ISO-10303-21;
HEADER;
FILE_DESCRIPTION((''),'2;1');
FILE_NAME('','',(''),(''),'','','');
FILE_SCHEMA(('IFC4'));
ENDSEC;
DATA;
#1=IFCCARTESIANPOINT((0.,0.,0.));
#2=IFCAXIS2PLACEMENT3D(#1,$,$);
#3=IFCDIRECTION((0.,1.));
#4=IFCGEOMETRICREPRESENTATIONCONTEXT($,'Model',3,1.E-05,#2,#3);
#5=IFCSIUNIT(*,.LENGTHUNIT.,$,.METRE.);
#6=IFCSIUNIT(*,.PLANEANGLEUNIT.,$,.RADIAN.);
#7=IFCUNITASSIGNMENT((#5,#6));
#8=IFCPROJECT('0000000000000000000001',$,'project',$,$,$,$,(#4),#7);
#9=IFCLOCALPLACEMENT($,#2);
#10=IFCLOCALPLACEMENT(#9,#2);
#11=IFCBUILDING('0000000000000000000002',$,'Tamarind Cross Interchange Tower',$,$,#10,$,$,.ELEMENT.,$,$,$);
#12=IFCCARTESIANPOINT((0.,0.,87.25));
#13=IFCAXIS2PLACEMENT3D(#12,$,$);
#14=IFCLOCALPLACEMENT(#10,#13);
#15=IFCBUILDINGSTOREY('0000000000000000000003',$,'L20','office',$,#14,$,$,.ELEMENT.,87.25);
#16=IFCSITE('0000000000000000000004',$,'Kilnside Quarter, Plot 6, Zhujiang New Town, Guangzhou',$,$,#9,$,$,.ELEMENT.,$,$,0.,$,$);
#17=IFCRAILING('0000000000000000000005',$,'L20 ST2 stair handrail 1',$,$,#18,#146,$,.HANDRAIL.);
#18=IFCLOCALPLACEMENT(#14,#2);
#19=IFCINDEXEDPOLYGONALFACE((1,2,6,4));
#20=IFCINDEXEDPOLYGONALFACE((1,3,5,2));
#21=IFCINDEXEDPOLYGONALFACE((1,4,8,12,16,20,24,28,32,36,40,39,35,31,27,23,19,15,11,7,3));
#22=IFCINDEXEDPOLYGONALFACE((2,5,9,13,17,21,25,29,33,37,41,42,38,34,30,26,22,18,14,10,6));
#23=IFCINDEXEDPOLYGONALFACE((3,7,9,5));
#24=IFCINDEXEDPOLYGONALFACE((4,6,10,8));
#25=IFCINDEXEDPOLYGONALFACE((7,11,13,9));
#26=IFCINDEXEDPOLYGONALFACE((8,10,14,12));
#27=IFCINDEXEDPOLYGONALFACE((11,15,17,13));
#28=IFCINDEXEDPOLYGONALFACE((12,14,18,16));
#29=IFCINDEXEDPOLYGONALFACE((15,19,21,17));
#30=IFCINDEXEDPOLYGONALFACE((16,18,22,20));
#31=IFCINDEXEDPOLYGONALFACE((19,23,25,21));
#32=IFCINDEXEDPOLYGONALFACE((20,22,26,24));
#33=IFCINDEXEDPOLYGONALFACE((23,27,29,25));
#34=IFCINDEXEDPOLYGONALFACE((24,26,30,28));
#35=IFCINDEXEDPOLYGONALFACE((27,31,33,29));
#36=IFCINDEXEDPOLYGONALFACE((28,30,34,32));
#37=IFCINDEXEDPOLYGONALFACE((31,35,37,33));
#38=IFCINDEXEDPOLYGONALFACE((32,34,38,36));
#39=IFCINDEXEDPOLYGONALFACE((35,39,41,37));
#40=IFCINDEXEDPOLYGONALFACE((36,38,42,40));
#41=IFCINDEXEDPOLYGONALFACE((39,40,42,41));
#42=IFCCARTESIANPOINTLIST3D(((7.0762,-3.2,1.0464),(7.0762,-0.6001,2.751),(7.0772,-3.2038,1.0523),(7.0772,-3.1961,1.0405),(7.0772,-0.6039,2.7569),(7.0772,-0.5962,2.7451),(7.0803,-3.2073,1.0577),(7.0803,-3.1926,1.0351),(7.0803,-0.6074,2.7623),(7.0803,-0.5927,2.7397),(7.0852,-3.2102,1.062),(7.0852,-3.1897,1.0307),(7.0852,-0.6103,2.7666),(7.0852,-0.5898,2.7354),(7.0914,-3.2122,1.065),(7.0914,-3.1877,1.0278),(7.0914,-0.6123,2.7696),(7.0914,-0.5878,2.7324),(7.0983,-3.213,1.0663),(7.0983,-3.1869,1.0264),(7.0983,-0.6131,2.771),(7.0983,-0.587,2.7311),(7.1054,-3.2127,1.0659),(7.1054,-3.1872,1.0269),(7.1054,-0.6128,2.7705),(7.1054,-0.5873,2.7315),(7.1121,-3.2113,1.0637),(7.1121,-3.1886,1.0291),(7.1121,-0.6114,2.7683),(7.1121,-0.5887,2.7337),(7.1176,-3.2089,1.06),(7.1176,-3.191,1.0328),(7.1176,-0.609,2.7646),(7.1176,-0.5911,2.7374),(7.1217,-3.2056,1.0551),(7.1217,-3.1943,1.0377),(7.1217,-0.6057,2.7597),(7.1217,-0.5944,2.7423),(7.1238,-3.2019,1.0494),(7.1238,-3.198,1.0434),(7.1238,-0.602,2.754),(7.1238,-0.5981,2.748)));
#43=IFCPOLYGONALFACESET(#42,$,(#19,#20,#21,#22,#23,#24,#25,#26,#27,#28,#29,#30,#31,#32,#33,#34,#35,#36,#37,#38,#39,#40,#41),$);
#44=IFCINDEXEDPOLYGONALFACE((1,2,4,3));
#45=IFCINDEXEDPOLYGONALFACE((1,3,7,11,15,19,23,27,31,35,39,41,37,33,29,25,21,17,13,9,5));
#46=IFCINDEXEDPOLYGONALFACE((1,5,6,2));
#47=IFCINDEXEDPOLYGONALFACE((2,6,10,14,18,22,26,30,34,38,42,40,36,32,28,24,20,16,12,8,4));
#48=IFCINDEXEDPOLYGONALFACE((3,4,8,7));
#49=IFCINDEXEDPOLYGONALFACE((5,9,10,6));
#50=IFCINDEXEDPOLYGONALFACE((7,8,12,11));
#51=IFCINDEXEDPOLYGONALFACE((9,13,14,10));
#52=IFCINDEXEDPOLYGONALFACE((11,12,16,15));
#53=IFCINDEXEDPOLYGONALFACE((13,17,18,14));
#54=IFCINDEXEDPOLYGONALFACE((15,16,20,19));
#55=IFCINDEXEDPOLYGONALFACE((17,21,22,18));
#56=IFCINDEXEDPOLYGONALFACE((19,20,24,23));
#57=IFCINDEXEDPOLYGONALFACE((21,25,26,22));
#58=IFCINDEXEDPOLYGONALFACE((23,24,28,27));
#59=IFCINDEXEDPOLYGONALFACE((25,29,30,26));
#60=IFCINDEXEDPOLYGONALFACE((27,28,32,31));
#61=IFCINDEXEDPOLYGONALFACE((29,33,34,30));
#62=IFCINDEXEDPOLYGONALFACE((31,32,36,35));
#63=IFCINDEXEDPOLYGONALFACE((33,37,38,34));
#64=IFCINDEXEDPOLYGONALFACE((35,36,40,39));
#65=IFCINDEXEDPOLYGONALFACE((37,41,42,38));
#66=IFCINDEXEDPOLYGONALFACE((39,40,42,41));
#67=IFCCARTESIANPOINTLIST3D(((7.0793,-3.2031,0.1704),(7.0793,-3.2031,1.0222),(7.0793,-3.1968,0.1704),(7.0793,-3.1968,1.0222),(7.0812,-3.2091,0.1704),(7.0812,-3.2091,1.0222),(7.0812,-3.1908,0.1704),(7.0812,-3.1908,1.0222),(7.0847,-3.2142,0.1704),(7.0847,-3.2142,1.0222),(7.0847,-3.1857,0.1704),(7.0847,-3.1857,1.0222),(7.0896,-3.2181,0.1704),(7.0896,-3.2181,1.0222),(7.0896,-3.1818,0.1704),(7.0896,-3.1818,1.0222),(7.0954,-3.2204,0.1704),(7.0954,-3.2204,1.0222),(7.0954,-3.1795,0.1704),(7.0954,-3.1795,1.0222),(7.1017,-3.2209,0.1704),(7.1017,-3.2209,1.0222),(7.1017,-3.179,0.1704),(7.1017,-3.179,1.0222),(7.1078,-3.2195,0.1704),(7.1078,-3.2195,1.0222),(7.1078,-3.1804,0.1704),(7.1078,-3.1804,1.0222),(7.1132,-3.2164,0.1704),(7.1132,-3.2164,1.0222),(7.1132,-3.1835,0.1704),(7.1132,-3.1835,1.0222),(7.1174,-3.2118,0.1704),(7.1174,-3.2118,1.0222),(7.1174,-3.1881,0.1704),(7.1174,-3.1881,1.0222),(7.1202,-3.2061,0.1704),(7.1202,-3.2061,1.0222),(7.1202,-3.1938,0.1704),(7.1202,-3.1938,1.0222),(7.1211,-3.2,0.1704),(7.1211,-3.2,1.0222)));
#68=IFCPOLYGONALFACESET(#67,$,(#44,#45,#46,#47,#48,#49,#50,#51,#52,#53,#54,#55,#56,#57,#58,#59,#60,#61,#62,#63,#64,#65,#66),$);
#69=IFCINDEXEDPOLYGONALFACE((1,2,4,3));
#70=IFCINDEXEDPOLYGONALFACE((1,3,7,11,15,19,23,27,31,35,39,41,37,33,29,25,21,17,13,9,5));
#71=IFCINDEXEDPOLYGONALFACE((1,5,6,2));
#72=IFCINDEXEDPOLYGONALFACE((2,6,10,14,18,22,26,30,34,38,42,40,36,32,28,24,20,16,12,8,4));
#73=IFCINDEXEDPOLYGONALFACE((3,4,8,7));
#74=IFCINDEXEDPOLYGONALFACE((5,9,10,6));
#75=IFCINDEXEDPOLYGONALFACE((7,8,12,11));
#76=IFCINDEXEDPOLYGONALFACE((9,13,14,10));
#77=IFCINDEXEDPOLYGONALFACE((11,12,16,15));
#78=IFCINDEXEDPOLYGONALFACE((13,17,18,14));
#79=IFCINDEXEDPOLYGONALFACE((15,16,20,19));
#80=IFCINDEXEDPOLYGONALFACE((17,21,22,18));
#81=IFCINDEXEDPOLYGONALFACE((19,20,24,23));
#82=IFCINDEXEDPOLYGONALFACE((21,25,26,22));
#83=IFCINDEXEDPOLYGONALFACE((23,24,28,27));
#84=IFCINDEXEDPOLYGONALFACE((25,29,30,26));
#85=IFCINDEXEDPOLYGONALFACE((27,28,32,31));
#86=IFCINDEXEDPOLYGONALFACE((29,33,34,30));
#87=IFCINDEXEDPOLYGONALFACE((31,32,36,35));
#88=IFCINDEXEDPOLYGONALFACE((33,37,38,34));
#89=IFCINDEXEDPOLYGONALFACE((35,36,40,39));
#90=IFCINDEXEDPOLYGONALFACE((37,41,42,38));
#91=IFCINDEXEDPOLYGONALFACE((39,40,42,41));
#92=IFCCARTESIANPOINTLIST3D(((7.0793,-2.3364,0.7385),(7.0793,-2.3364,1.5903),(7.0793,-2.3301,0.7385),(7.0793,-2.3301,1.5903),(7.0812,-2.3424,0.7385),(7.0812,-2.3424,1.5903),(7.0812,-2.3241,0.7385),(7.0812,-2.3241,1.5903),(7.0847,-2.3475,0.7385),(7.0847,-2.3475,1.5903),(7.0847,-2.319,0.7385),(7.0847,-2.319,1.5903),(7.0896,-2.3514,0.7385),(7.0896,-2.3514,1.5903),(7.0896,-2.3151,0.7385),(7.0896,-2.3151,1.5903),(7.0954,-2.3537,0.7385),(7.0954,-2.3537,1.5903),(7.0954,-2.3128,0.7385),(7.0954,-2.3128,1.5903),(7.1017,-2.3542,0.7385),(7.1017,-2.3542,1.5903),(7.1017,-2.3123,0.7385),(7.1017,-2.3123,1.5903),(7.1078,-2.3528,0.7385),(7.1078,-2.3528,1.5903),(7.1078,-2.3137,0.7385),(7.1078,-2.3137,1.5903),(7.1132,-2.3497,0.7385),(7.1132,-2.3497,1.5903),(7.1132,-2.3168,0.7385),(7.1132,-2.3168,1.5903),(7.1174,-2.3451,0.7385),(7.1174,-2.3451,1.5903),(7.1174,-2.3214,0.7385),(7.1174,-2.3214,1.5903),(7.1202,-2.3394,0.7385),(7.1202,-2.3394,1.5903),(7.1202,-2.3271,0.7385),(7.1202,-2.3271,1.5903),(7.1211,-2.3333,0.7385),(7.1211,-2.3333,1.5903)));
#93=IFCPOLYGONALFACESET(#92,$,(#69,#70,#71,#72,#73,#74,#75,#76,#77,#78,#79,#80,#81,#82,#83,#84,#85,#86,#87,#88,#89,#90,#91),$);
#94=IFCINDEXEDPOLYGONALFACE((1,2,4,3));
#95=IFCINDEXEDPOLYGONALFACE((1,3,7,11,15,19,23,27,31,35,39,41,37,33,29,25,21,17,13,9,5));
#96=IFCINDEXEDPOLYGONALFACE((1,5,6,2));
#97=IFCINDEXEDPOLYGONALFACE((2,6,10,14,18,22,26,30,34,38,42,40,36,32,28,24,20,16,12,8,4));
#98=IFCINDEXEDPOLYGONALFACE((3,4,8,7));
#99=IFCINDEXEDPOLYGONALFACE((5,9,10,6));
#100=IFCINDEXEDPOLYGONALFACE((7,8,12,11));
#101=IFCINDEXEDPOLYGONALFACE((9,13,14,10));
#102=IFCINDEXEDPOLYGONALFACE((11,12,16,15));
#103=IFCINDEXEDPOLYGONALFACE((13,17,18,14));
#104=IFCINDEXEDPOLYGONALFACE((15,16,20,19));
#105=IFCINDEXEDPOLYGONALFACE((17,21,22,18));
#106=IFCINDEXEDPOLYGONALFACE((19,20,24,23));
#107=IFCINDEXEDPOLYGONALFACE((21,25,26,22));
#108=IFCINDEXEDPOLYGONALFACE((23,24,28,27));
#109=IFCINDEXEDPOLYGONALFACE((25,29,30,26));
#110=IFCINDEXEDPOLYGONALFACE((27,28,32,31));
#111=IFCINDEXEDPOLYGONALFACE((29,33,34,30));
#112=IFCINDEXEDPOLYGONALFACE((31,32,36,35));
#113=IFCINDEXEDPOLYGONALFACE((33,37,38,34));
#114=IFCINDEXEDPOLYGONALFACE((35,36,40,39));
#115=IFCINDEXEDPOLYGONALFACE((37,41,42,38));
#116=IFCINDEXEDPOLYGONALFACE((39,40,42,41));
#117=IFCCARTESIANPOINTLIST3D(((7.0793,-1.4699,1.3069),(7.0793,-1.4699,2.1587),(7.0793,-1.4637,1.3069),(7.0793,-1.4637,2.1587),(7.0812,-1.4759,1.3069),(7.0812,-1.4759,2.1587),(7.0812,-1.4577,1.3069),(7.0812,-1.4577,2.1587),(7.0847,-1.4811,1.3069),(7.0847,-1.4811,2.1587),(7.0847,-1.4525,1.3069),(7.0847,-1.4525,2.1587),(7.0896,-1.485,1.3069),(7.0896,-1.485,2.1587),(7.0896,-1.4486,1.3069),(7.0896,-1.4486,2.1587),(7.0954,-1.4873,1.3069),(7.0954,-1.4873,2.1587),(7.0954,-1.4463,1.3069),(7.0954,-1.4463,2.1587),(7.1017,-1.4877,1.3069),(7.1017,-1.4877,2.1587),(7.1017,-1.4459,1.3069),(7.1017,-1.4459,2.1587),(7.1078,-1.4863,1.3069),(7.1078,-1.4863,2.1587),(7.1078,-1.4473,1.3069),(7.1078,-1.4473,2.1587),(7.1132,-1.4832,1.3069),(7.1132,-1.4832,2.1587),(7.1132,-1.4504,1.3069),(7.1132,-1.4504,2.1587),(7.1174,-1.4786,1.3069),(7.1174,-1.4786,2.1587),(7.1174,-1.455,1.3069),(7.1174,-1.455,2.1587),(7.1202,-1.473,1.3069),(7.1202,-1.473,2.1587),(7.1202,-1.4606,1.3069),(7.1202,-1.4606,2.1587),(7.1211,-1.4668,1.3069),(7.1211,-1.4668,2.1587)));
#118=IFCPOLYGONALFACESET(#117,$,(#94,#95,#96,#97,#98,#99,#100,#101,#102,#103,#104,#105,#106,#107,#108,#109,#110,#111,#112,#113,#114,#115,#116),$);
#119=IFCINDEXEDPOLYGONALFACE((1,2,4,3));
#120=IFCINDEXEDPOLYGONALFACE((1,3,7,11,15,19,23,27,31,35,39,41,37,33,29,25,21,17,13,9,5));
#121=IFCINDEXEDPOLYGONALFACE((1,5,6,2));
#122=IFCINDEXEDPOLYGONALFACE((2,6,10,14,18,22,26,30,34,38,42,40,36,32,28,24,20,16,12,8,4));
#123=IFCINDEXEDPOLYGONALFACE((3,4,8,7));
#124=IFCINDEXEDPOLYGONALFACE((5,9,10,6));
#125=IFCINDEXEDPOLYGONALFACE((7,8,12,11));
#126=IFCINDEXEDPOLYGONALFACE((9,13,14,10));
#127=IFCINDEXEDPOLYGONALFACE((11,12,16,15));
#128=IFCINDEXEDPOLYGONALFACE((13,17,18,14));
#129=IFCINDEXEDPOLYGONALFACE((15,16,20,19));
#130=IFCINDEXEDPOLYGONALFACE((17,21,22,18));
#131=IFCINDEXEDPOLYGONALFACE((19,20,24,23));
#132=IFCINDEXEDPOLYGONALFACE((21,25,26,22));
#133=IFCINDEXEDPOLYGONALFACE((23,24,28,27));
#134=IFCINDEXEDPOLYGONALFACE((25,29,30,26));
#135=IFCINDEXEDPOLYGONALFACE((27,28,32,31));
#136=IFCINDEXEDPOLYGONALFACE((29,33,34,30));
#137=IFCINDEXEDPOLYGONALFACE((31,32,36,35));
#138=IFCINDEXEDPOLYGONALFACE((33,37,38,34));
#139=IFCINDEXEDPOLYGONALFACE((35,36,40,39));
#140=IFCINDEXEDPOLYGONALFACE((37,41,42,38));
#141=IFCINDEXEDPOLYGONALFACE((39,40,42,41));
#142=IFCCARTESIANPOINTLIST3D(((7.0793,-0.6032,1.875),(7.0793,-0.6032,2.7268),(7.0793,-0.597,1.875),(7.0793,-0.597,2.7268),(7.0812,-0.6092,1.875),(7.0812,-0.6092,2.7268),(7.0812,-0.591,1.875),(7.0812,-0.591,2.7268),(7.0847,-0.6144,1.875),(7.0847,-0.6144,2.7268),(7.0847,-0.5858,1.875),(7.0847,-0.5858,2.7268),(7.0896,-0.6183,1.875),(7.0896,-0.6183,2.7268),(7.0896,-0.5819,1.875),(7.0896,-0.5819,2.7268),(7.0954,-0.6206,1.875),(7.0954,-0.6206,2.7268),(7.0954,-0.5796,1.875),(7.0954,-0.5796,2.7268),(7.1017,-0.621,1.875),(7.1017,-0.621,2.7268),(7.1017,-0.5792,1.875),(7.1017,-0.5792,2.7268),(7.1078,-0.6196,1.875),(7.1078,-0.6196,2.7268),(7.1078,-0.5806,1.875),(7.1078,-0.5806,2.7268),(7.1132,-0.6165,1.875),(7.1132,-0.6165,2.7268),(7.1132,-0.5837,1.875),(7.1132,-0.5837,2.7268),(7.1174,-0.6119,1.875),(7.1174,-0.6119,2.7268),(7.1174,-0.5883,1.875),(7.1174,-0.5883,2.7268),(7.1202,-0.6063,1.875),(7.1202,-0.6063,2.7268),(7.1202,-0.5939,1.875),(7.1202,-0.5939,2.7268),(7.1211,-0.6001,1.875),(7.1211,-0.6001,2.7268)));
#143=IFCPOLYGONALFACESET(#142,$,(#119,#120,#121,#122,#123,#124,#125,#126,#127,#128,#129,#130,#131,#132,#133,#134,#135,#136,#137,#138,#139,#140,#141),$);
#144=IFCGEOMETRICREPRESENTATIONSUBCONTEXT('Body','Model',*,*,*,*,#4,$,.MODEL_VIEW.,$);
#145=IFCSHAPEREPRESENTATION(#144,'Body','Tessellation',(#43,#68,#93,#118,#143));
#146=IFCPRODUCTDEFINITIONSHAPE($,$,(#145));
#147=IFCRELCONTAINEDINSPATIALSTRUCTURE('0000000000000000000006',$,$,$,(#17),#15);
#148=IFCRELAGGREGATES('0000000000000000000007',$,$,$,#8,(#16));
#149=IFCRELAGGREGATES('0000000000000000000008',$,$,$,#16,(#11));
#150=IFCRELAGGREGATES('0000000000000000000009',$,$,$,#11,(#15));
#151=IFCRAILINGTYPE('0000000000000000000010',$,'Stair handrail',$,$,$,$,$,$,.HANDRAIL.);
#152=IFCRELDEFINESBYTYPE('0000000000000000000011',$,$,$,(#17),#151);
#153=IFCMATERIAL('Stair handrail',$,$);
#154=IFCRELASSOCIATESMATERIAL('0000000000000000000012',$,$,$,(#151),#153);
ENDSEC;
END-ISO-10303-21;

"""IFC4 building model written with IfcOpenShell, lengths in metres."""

from ifc_helpers import new_model, si_unit, direction, frame, origin, origin_2d, place, context, subcontext, project, spatial, circle, extrude, material, type_object, element, save


model = new_model("IFC4")

# Units and contexts
model_context = context("Model", 3, precision=1e-05, world=origin(), true_north=direction((0.0, 1.0)))
body_context = subcontext(model_context, "Body", "Model", "MODEL_VIEW")
ifc_project = project(units=[si_unit("LENGTHUNIT", "METRE"), si_unit("PLANEANGLEUNIT", "RADIAN")], contexts=[model_context])

# Site, building, storey
site_placement = place(None, origin())
site = spatial("IfcSite", under=ifc_project, at=site_placement, Name="Kilnside Quarter, Plot 6, Zhujiang New Town, Guangzhou", CompositionType="ELEMENT", RefElevation=0.0)
building_placement = place(site_placement, origin())
building = spatial("IfcBuilding", under=site, at=building_placement, Name="Tamarind Cross Interchange Tower", CompositionType="ELEMENT")
storey_placement = place(building_placement, frame((0.0, 0.0, 87.25)))
storey = spatial("IfcBuildingStorey", under=building, at=storey_placement, Name="L20", Description="office", CompositionType="ELEMENT", Elevation=87.25)

# Railing
ifc_material_1 = material(Name="Stair handrail")
railing_type_1 = type_object("IfcRailingType", Name="Stair handrail", PredefinedType="HANDRAIL", material=ifc_material_1)
railing_1_placement = place(storey_placement, frame((7.1001, -3.2, 0.1704)))
element("IfcRailing", 1, at=railing_1_placement, inside=storey, type_object=railing_type_1, Name="L20 ST2 stair handrail 1", PredefinedType="HANDRAIL", context=body_context, shape_type="SweptSolid", body=[
    extrude(circle(Radius=0.0239, at=origin_2d()), frame((0.0, 0.0, 0.876), z_axis=(0.0, 0.836279, 0.548305), x_axis=(-1.0, 0.0, 0.0)), (0.0, 0.0, 1.0), 3.1089),
    extrude(circle(Radius=0.021, at=origin_2d()), origin(), (0.0, 0.0, 1.0), 0.8518),
    extrude(circle(Radius=0.021, at=origin_2d()), frame((0.0, 0.8667, 0.5681)), (0.0, 0.0, 1.0), 0.8518),
    extrude(circle(Radius=0.021, at=origin_2d()), frame((0.0, 1.7332, 1.1365)), (0.0, 0.0, 1.0), 0.8518),
    extrude(circle(Radius=0.021, at=origin_2d()), frame((0.0, 2.5999, 1.7046)), (0.0, 0.0, 1.0), 0.8518),
])

save(model, "model.ifc")
